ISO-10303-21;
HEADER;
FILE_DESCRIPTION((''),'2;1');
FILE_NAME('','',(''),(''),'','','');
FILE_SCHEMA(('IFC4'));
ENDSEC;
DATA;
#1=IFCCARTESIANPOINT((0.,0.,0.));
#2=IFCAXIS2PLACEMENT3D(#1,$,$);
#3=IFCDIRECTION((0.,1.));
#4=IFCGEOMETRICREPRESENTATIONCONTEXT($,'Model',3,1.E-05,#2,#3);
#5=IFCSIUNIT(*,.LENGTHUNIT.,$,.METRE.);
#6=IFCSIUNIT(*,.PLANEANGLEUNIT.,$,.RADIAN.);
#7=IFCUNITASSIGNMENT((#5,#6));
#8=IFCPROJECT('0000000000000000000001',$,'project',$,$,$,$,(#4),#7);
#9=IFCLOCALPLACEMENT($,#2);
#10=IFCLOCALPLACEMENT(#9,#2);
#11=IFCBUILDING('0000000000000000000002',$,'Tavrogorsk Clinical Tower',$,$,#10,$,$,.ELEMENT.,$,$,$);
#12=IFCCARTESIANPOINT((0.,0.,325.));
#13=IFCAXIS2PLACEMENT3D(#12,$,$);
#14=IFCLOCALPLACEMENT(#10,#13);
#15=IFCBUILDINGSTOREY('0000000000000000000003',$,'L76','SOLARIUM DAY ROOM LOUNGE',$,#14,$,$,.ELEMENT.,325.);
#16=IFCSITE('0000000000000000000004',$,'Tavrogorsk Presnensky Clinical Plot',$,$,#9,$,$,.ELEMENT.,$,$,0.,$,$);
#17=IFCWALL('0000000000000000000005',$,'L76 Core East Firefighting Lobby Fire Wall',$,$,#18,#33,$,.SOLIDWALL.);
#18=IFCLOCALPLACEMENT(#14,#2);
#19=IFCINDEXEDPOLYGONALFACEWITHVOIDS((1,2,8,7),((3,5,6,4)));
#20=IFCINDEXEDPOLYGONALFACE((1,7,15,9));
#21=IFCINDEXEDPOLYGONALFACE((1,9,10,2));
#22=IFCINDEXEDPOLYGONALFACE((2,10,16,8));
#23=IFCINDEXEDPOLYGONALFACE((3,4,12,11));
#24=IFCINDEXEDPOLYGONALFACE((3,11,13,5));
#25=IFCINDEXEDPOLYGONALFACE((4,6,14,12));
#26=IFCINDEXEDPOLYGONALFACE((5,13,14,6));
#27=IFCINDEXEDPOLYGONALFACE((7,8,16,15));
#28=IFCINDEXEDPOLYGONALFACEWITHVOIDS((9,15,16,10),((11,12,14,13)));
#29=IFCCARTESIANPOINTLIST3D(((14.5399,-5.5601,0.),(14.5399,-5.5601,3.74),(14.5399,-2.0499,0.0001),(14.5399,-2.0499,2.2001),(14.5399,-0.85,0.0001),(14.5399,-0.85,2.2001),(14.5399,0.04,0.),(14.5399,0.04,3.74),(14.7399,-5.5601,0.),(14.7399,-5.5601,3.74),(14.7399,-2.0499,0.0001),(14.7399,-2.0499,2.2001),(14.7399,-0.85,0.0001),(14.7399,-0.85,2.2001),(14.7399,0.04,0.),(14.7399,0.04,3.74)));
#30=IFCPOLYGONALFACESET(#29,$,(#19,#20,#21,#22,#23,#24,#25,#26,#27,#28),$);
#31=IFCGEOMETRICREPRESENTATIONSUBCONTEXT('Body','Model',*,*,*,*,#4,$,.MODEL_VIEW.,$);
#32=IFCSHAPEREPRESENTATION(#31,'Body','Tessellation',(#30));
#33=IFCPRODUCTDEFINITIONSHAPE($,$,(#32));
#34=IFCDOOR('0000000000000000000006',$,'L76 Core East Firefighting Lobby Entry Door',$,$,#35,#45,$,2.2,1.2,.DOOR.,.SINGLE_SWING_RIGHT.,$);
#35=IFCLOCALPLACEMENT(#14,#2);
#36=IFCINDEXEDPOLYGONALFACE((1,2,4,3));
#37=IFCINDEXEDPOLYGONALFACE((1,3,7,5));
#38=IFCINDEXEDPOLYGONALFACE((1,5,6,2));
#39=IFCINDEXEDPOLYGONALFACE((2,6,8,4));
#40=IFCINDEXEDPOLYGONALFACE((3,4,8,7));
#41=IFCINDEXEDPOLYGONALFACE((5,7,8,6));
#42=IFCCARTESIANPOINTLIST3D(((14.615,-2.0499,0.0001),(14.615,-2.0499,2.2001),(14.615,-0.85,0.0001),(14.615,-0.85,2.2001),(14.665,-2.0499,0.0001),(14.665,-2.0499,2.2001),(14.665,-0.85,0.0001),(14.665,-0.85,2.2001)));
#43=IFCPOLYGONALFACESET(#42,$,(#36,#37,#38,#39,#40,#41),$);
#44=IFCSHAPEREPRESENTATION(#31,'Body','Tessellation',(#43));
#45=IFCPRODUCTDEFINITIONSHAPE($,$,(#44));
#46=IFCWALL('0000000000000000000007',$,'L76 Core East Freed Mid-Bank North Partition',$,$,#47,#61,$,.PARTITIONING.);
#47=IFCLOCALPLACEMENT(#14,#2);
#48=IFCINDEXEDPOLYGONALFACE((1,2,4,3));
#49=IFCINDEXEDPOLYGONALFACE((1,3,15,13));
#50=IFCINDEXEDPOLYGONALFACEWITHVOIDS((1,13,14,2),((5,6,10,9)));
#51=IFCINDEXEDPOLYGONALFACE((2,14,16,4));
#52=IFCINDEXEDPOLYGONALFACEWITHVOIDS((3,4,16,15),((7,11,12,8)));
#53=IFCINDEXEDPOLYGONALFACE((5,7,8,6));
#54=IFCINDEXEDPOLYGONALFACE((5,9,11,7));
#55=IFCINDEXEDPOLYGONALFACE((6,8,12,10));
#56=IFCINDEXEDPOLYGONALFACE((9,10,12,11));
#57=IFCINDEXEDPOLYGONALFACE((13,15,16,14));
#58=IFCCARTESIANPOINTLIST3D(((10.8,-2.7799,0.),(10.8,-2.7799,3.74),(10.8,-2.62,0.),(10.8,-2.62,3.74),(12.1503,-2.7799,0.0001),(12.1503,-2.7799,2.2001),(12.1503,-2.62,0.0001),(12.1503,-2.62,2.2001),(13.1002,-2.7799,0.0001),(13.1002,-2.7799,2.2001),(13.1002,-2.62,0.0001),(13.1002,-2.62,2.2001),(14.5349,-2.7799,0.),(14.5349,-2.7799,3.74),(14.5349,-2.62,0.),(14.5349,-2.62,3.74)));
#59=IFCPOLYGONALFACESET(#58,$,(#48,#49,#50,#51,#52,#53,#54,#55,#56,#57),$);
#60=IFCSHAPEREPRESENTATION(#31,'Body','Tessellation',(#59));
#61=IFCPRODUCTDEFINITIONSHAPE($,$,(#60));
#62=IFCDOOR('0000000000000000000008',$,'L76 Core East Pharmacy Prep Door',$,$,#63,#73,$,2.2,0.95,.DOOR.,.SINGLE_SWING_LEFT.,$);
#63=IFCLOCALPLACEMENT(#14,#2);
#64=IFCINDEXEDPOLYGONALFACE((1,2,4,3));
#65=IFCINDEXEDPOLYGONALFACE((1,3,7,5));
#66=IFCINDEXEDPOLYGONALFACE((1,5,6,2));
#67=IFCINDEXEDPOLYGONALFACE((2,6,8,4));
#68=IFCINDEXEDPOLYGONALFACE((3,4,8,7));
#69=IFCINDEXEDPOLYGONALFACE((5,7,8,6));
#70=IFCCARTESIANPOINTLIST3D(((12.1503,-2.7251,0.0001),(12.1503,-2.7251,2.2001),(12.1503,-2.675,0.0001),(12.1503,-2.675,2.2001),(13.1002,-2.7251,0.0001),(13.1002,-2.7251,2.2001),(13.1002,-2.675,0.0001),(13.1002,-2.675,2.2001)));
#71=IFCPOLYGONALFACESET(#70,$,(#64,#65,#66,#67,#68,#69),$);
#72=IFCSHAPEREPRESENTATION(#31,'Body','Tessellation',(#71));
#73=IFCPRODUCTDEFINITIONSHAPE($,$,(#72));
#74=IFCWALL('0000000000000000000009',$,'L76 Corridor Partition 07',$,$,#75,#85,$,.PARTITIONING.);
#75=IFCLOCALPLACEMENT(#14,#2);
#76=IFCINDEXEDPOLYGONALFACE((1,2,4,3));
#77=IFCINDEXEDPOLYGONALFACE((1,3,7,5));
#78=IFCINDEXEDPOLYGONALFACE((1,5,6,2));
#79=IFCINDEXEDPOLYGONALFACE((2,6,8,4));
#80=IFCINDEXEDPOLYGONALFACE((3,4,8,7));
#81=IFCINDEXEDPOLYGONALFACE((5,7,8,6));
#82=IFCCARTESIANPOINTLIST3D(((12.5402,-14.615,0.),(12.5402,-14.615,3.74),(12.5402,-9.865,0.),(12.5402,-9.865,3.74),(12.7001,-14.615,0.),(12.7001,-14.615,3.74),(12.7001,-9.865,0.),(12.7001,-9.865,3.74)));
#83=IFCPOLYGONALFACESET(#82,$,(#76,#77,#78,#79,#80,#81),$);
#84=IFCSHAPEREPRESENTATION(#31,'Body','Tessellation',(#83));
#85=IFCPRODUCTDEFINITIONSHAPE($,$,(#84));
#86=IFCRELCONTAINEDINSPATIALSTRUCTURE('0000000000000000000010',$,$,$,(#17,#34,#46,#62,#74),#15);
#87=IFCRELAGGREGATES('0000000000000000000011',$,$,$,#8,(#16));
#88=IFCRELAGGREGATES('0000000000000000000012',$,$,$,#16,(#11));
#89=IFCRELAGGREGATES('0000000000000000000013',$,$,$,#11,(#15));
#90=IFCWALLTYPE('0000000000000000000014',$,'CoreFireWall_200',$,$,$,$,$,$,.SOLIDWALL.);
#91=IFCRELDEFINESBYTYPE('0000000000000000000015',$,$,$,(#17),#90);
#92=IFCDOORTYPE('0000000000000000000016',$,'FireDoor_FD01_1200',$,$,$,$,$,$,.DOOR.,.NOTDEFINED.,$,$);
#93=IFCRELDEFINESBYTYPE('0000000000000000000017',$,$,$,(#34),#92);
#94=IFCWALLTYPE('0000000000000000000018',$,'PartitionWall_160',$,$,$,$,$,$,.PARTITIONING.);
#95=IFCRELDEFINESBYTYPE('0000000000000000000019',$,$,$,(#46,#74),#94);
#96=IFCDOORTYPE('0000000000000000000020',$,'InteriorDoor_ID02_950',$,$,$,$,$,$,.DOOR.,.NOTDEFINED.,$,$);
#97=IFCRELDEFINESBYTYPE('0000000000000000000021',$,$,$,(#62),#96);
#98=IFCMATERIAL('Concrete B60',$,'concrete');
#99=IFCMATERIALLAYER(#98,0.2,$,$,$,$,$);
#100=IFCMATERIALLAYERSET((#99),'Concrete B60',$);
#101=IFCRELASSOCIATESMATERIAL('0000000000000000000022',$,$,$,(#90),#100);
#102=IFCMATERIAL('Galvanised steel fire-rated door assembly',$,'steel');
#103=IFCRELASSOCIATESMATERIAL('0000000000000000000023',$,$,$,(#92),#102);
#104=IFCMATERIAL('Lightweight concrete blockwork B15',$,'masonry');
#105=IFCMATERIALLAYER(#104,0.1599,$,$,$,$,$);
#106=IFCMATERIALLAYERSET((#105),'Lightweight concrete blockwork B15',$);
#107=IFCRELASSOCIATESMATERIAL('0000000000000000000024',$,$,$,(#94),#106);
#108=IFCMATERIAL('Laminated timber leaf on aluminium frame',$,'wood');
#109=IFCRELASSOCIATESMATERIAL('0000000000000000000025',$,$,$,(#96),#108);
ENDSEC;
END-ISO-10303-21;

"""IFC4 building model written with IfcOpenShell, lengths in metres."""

from ifc_helpers import new_model, si_unit, direction, frame, frame_2d, origin, place, context, subcontext, project, spatial, rectangle, extrude, material, layer, layer_set, type_object, element, fill, save


model = new_model("IFC4")

# Units and contexts
model_context = context("Model", 3, precision=1e-05, world=origin(), true_north=direction((0.0, 1.0)))
body_context = subcontext(model_context, "Body", "Model", "MODEL_VIEW")
ifc_project = project(units=[si_unit("LENGTHUNIT", "METRE"), si_unit("PLANEANGLEUNIT", "RADIAN")], contexts=[model_context])

# Site, building, storey
site_placement = place(None, origin())
site = spatial("IfcSite", under=ifc_project, at=site_placement, Name="Tavrogorsk Presnensky Clinical Plot", CompositionType="ELEMENT", RefElevation=0.0)
building_placement = place(site_placement, origin())
building = spatial("IfcBuilding", under=site, at=building_placement, Name="Tavrogorsk Clinical Tower", CompositionType="ELEMENT")
storey_placement = place(building_placement, frame((0.0, 0.0, 325.0)))
storey = spatial("IfcBuildingStorey", under=building, at=storey_placement, Name="L76", Description="SOLARIUM DAY ROOM LOUNGE", CompositionType="ELEMENT", Elevation=325.0)

# Walls, openings, doors
ifc_material_1 = material(Name="Concrete B60", Category="concrete")
ifc_layer_1 = layer(ifc_material_1, 0.2)
ifc_layer_set_1 = layer_set([ifc_layer_1], Name="Concrete B60")
wall_type_1 = type_object("IfcWallType", Name="CoreFireWall_200", PredefinedType="SOLIDWALL", material=ifc_layer_set_1)
wall_1_placement = place(storey_placement, frame((14.6399, -5.5601, 0.0), z_axis=(0.0, 0.0, 1.0), x_axis=(0.0, 1.0, 0.0)))
wall_1 = element("IfcWall", 1, at=wall_1_placement, inside=storey, type_object=wall_type_1, Name="L76 Core East Firefighting Lobby Fire Wall", PredefinedType="SOLIDWALL", context=body_context, shape_type="SweptSolid", body=[
    extrude(rectangle(XDim=5.6001, YDim=0.2, at=frame_2d((2.8, 0.0))), origin(), (0.0, 0.0, 1.0), 3.74),
])
opening_1_placement = place(wall_1_placement, frame((3.51, 0.0, 0.0)))
opening_1 = element("IfcOpeningElement", 2, at=opening_1_placement, cuts=wall_1, PredefinedType="OPENING", context=body_context, shape_type="SweptSolid", body=[
    extrude(rectangle(XDim=1.2, YDim=2.2, at=frame_2d((0.6001, 1.1001))), frame((0.0, 0.1099, 0.0), z_axis=(0.0, -1.0, 0.0), x_axis=(1.0, 0.0, 0.0)), (0.0, 0.0, 1.0), 0.22),
])
ifc_material_2 = material(Name="Galvanised steel fire-rated door assembly", Category="steel")
door_type_1 = type_object("IfcDoorType", Name="FireDoor_FD01_1200", OperationType="NOTDEFINED", PredefinedType="DOOR", material=ifc_material_2)
door_1_placement = place(opening_1_placement, origin())
door_1 = element("IfcDoor", 3, at=door_1_placement, inside=storey, type_object=door_type_1, Name="L76 Core East Firefighting Lobby Entry Door", OperationType="SINGLE_SWING_RIGHT", OverallHeight=2.2, OverallWidth=1.2, PredefinedType="DOOR", context=body_context, shape_type="SweptSolid", body=[
    extrude(rectangle(XDim=1.2, YDim=2.2, at=frame_2d((0.6001, 1.1001))), frame((0.0, 0.0249, 0.0), z_axis=(0.0, -1.0, 0.0), x_axis=(1.0, 0.0, 0.0)), (0.0, 0.0, 1.0), 0.05),
])
fill(opening_1, door_1)
ifc_material_3 = material(Name="Lightweight concrete blockwork B15", Category="masonry")
ifc_layer_2 = layer(ifc_material_3, 0.1599)
ifc_layer_set_2 = layer_set([ifc_layer_2], Name="Lightweight concrete blockwork B15")
wall_type_2 = type_object("IfcWallType", Name="PartitionWall_160", PredefinedType="PARTITIONING", material=ifc_layer_set_2)
wall_2_placement = place(storey_placement, frame((10.8, -2.7, 0.0), z_axis=(0.0, 0.0, 1.0), x_axis=(1.0, 0.0, 0.0)))
wall_2 = element("IfcWall", 4, at=wall_2_placement, inside=storey, type_object=wall_type_2, Name="L76 Core East Freed Mid-Bank North Partition", PredefinedType="PARTITIONING", context=body_context, shape_type="SweptSolid", body=[
    extrude(rectangle(XDim=3.7349, YDim=0.1599, at=frame_2d((1.8674, 0.0))), origin(), (0.0, 0.0, 1.0), 3.74),
])
opening_2_placement = place(wall_2_placement, frame((1.3501, 0.0, 0.0)))
opening_2 = element("IfcOpeningElement", 5, at=opening_2_placement, cuts=wall_2, PredefinedType="OPENING", context=body_context, shape_type="SweptSolid", body=[
    extrude(rectangle(XDim=0.95, YDim=2.2, at=frame_2d((0.4751, 1.1001))), frame((0.0, 0.0898, 0.0), z_axis=(0.0, -1.0, 0.0), x_axis=(1.0, 0.0, 0.0)), (0.0, 0.0, 1.0), 0.1799),
])
ifc_material_4 = material(Name="Laminated timber leaf on aluminium frame", Category="wood")
door_type_2 = type_object("IfcDoorType", Name="InteriorDoor_ID02_950", OperationType="NOTDEFINED", PredefinedType="DOOR", material=ifc_material_4)
door_2_placement = place(opening_2_placement, origin())
door_2 = element("IfcDoor", 6, at=door_2_placement, inside=storey, type_object=door_type_2, Name="L76 Core East Pharmacy Prep Door", OperationType="SINGLE_SWING_LEFT", OverallHeight=2.2, OverallWidth=0.95, PredefinedType="DOOR", context=body_context, shape_type="SweptSolid", body=[
    extrude(rectangle(XDim=0.95, YDim=2.2, at=frame_2d((0.4751, 1.1001))), frame((0.0, 0.0249, 0.0), z_axis=(0.0, -1.0, 0.0), x_axis=(1.0, 0.0, 0.0)), (0.0, 0.0, 1.0), 0.05),
])
fill(opening_2, door_2)

# Wall
wall_3_placement = place(storey_placement, frame((12.6201, -14.615, 0.0), z_axis=(0.0, 0.0, 1.0), x_axis=(0.0, 1.0, 0.0)))
element("IfcWall", 7, at=wall_3_placement, inside=storey, type_object=wall_type_2, Name="L76 Corridor Partition 07", PredefinedType="PARTITIONING", context=body_context, shape_type="SweptSolid", body=[
    extrude(rectangle(XDim=4.75, YDim=0.1599, at=frame_2d((2.375, 0.0))), origin(), (0.0, 0.0, 1.0), 3.74),
])

save(model, "model.ifc")
